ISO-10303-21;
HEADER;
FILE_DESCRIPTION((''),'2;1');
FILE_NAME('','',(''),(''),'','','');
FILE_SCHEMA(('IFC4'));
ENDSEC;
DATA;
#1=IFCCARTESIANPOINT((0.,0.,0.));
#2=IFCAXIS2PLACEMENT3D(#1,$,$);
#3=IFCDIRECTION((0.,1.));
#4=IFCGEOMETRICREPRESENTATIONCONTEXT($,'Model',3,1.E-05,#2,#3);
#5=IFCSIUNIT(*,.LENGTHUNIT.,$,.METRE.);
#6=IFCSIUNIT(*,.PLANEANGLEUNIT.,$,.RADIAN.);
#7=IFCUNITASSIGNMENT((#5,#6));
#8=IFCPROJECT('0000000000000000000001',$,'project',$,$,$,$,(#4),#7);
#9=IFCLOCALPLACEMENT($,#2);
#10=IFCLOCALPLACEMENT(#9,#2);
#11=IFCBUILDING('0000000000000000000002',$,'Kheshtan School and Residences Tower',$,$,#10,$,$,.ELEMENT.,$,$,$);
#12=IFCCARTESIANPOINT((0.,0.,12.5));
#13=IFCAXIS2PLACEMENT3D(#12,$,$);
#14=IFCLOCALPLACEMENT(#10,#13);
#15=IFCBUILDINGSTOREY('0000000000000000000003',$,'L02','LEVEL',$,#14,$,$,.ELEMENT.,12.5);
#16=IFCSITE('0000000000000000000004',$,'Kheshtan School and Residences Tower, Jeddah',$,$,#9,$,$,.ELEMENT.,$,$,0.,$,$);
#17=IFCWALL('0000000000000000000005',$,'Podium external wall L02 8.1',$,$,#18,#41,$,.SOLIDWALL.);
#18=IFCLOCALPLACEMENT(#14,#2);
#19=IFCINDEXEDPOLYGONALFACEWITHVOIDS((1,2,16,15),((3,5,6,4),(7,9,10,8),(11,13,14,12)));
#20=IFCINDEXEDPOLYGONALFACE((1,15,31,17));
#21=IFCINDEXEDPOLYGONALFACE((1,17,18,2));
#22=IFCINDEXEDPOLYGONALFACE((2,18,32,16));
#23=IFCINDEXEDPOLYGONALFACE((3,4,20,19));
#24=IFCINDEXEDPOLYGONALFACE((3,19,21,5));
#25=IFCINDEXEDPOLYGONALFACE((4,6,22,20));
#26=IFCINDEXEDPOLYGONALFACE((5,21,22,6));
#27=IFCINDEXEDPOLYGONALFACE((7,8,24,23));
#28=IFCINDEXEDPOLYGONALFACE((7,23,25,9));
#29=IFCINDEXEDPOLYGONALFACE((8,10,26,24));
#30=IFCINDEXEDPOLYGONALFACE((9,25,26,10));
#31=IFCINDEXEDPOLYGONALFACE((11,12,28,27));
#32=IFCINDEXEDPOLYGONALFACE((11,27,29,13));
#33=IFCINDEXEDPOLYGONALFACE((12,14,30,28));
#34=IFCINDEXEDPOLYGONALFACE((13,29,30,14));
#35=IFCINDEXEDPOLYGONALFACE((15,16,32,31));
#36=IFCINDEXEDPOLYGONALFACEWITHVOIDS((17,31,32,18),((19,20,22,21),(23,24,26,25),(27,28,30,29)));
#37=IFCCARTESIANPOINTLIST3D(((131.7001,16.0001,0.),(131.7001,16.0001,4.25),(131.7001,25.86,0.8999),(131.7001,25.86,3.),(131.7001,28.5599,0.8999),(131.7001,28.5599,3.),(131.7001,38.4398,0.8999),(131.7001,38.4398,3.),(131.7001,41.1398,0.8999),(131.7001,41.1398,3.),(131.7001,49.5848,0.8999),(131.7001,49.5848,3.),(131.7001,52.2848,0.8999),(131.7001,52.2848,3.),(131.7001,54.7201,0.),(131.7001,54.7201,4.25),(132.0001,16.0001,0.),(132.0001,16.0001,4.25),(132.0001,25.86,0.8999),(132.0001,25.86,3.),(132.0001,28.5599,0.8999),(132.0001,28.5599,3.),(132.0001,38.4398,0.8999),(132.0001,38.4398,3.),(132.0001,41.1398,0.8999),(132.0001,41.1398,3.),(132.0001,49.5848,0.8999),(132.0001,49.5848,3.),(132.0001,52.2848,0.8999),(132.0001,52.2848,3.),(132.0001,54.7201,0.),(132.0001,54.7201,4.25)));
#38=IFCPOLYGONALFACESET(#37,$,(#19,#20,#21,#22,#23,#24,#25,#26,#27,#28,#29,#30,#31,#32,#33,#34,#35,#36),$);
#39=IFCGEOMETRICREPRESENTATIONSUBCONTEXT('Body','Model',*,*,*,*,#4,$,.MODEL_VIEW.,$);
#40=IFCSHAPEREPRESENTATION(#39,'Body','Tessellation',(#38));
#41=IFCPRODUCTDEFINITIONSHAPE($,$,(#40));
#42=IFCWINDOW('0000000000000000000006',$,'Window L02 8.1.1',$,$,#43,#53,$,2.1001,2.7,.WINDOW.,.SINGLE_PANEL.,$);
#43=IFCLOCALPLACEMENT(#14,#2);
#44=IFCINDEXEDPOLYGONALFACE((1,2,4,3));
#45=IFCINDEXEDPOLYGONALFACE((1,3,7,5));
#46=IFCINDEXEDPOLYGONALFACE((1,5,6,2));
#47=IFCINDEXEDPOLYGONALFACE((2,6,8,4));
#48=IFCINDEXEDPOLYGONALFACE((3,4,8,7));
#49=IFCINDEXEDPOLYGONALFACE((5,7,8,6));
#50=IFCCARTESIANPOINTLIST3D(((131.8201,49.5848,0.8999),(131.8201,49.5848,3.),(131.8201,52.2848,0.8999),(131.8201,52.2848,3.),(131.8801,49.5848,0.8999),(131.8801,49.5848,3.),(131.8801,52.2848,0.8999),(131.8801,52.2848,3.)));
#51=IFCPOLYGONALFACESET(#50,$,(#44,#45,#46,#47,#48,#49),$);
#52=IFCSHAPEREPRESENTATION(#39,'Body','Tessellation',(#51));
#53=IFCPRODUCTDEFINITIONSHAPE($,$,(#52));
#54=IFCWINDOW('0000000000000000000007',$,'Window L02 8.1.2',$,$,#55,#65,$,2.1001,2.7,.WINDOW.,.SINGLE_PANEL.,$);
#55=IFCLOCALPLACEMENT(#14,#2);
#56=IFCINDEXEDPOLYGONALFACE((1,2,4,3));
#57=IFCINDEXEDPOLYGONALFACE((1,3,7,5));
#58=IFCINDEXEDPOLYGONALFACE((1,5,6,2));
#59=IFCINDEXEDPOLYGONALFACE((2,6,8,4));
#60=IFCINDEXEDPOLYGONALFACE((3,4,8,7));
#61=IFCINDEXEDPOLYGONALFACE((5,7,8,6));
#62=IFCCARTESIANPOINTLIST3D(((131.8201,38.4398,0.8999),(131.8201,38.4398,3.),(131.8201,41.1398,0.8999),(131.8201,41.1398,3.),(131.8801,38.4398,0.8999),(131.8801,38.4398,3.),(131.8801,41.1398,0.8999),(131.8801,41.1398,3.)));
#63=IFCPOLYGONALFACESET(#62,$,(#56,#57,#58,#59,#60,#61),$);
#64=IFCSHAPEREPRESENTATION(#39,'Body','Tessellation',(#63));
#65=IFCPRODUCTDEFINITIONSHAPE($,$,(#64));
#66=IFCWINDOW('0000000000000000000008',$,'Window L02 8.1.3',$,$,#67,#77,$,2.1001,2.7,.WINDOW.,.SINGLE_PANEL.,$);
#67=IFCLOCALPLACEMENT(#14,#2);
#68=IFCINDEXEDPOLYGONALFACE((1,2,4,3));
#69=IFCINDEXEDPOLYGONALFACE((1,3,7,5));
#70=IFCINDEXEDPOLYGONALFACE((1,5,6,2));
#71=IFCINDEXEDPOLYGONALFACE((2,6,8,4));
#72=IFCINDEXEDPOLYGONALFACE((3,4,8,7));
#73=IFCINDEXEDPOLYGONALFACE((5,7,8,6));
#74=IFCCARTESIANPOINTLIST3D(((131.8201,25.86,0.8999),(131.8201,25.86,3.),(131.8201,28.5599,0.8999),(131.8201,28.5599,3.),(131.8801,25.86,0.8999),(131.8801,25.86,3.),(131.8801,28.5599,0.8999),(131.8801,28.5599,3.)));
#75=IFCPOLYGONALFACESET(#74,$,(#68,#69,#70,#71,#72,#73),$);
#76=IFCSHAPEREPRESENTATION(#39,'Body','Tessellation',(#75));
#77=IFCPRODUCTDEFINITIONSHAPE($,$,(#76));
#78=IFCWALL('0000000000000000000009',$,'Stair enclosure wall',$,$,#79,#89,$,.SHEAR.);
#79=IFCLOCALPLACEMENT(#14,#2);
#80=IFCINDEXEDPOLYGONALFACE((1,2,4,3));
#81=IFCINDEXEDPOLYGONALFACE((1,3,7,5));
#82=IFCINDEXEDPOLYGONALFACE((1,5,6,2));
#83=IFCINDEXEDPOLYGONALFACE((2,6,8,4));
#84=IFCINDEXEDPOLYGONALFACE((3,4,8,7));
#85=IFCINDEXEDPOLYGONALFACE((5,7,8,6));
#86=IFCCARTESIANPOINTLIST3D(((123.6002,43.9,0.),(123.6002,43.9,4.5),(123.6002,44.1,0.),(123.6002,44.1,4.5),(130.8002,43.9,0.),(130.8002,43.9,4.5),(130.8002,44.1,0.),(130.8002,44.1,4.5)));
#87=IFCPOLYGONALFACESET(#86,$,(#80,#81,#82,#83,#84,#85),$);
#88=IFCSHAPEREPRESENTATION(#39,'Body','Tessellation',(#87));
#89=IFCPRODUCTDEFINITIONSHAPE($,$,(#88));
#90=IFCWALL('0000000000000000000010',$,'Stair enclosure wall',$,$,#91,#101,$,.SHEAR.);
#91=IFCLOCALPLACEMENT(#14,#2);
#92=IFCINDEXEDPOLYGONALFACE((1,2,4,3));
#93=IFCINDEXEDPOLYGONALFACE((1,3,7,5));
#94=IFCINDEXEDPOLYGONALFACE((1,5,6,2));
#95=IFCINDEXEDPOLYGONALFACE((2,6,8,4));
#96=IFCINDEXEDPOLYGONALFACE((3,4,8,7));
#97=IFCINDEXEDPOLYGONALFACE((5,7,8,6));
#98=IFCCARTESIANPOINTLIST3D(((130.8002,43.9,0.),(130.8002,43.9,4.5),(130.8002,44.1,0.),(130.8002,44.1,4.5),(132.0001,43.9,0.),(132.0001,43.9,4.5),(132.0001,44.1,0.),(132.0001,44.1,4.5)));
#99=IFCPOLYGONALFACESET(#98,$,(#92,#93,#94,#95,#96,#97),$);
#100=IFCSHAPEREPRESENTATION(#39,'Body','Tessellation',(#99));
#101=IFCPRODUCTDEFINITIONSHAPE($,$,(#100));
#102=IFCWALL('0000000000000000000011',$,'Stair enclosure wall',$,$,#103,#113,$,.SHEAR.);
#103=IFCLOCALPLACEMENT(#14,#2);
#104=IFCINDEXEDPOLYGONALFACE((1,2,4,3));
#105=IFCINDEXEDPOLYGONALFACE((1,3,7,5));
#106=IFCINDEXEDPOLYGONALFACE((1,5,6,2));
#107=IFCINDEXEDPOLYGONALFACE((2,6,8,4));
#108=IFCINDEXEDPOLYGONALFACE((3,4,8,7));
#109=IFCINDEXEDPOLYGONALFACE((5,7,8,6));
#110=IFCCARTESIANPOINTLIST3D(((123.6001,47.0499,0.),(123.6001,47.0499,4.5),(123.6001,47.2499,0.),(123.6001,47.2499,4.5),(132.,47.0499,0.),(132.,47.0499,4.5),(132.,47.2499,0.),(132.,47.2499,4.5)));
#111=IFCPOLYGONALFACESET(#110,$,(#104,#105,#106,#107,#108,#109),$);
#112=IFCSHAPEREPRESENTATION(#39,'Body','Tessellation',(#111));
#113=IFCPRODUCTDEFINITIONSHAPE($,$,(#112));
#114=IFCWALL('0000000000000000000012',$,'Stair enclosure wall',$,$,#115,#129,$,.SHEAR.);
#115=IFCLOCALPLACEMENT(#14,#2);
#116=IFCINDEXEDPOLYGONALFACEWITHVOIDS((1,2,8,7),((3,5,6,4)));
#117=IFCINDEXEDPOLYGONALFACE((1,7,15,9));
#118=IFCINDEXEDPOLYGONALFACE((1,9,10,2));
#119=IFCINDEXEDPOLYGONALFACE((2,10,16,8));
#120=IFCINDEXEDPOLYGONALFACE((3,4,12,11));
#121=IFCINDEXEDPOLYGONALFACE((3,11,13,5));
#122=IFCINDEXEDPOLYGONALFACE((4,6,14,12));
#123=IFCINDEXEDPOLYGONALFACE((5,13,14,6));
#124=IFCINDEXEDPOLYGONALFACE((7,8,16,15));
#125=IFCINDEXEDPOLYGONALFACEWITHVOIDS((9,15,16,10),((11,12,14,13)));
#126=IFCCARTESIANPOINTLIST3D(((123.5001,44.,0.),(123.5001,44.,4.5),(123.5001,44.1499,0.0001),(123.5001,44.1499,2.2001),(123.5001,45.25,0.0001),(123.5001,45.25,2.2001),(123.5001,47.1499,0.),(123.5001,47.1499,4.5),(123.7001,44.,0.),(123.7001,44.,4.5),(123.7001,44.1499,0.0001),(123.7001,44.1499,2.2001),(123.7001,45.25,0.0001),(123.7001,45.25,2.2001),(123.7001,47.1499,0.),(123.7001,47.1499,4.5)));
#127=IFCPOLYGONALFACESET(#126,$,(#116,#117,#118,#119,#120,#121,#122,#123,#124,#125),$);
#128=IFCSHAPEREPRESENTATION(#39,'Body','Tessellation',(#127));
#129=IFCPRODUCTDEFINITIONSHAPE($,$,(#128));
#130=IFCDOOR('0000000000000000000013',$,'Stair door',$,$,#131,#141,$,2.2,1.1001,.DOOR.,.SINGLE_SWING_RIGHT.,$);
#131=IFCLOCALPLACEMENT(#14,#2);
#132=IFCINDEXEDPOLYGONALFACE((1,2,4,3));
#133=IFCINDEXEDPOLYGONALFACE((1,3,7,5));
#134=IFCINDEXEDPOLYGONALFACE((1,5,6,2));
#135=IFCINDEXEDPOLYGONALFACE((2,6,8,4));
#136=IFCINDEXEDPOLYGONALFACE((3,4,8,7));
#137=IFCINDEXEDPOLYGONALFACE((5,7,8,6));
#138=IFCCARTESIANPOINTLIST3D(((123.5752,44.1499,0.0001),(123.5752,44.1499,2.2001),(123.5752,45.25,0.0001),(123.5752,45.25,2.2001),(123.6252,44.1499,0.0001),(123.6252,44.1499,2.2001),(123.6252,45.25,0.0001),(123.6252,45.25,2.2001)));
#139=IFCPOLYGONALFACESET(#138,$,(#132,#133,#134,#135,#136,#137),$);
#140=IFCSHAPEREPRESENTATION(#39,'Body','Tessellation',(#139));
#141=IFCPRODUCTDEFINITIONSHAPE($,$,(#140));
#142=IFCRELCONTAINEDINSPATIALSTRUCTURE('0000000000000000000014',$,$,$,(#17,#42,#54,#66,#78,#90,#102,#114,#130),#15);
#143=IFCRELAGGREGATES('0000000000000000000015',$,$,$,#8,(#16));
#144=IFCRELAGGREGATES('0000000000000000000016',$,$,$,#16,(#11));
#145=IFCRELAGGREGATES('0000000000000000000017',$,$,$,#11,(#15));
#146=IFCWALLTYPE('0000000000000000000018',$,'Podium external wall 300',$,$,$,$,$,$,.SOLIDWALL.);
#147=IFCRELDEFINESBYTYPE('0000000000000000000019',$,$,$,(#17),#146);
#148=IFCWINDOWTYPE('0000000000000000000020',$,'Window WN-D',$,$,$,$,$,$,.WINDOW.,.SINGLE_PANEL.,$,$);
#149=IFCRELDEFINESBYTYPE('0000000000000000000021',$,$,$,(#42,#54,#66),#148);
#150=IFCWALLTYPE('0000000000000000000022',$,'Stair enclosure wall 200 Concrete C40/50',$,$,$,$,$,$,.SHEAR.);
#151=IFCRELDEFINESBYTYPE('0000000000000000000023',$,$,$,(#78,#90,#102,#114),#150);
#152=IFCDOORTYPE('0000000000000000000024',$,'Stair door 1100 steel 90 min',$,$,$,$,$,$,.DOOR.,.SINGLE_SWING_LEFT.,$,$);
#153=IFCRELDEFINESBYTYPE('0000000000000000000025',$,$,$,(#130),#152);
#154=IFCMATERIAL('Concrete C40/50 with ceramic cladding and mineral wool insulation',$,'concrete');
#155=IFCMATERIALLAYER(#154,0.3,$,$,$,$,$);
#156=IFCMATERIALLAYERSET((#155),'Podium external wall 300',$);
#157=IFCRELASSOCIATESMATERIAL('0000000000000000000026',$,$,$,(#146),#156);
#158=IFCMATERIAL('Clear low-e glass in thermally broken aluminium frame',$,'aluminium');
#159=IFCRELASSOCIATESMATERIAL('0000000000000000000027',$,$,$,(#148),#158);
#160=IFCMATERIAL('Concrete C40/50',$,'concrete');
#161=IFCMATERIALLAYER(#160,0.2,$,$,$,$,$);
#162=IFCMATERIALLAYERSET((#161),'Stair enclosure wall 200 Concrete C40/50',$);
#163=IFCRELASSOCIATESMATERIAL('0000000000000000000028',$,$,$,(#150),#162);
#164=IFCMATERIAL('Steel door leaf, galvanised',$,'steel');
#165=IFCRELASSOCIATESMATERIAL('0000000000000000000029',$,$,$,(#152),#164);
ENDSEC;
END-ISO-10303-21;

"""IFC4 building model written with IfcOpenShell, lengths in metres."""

from ifc_helpers import new_model, si_unit, direction, frame, frame_2d, origin, place, context, subcontext, project, spatial, rectangle, extrude, source, transform, mapped, material, layer, layer_set, type_object, element, fill, save


model = new_model("IFC4")

# Units and contexts
model_context = context("Model", 3, precision=1e-05, world=origin(), true_north=direction((0.0, 1.0)))
body_context = subcontext(model_context, "Body", "Model", "MODEL_VIEW")
ifc_project = project(units=[si_unit("LENGTHUNIT", "METRE"), si_unit("PLANEANGLEUNIT", "RADIAN")], contexts=[model_context])

# Site, building, storey
site_placement = place(None, origin())
site = spatial("IfcSite", under=ifc_project, at=site_placement, Name="Kheshtan School and Residences Tower, Jeddah", CompositionType="ELEMENT", RefElevation=0.0)
building_placement = place(site_placement, origin())
building = spatial("IfcBuilding", under=site, at=building_placement, Name="Kheshtan School and Residences Tower", CompositionType="ELEMENT")
storey_placement = place(building_placement, frame((0.0, 0.0, 12.5)))
storey = spatial("IfcBuildingStorey", under=building, at=storey_placement, Name="L02", Description="LEVEL", CompositionType="ELEMENT", Elevation=12.5)

# Wall, openings, windows
ifc_material_1 = material(Name="Concrete C40/50 with ceramic cladding and mineral wool insulation", Category="concrete")
ifc_layer_1 = layer(ifc_material_1, 0.3)
ifc_layer_set_1 = layer_set([ifc_layer_1], Name="Podium external wall 300")
wall_type_1 = type_object("IfcWallType", Name="Podium external wall 300", PredefinedType="SOLIDWALL", material=ifc_layer_set_1)
wall_1_placement = place(storey_placement, frame((131.8501, 54.72, 0.0), z_axis=(0.0, 0.0, 1.0), x_axis=(0.0, -1.0, 0.0)))
wall_1 = element("IfcWall", 1, at=wall_1_placement, inside=storey, type_object=wall_type_1, Name="Podium external wall L02 8.1", PredefinedType="SOLIDWALL", context=body_context, shape_type="SweptSolid", body=[
    extrude(rectangle(XDim=38.72, YDim=0.3, at=frame_2d((19.3599, 0.0))), origin(), (0.0, 0.0, 1.0), 4.25),
])
opening_1_placement = place(wall_1_placement, frame((2.4351, 0.0, 0.8999)))
opening_1 = element("IfcOpeningElement", 2, at=opening_1_placement, cuts=wall_1, PredefinedType="OPENING", context=body_context, shape_type="SweptSolid", body=[
    extrude(rectangle(XDim=2.7, YDim=2.1001, at=frame_2d((1.3501, 1.05))), frame((0.0, 0.1602, 0.0), z_axis=(0.0, -1.0, 0.0), x_axis=(1.0, 0.0, 0.0)), (0.0, 0.0, 1.0), 0.3201),
])
opening_2_placement = place(wall_1_placement, frame((13.5801, 0.0, 0.8999)))
opening_2 = element("IfcOpeningElement", 3, at=opening_2_placement, cuts=wall_1, PredefinedType="OPENING", context=body_context, shape_type="SweptSolid", body=[
    extrude(rectangle(XDim=2.7, YDim=2.1001, at=frame_2d((1.3501, 1.05))), frame((0.0, 0.1602, 0.0), z_axis=(0.0, -1.0, 0.0), x_axis=(1.0, 0.0, 0.0)), (0.0, 0.0, 1.0), 0.3201),
])
opening_3_placement = place(wall_1_placement, frame((26.1599, 0.0, 0.8999)))
opening_3 = element("IfcOpeningElement", 4, at=opening_3_placement, cuts=wall_1, PredefinedType="OPENING", context=body_context, shape_type="SweptSolid", body=[
    extrude(rectangle(XDim=2.7, YDim=2.1001, at=frame_2d((1.3501, 1.05))), frame((0.0, 0.1602, 0.0), z_axis=(0.0, -1.0, 0.0), x_axis=(1.0, 0.0, 0.0)), (0.0, 0.0, 1.0), 0.3201),
])
ifc_material_2 = material(Name="Clear low-e glass in thermally broken aluminium frame", Category="aluminium")
window_type = type_object("IfcWindowType", Name="Window WN-D", PartitioningType="SINGLE_PANEL", PredefinedType="WINDOW", material=ifc_material_2)
shared_shape_1 = source(origin(), body_context, "Body", "SweptSolid", [
    extrude(rectangle(XDim=2.7, YDim=2.1001, at=frame_2d((1.3501, 1.05))), frame((0.0, 0.03, 0.0), z_axis=(0.0, -1.0, 0.0), x_axis=(1.0, 0.0, 0.0)), (0.0, 0.0, 1.0), 0.0601),
])
window_1_placement = place(opening_1_placement, origin())
window_1 = element("IfcWindow", 5, at=window_1_placement, inside=storey, type_object=window_type, Name="Window L02 8.1.1", OverallHeight=2.1001, OverallWidth=2.7, PartitioningType="SINGLE_PANEL", PredefinedType="WINDOW", context=body_context, shape_type="MappedRepresentation", body=[
    mapped(shared_shape_1, transform((0.0, 0.0, 0.0), x_axis=(1.0, 0.0, 0.0), y_axis=(0.0, 1.0, 0.0), z_axis=(0.0, 0.0, 1.0), scale=1.0)),
])
fill(opening_1, window_1)
window_2_placement = place(opening_2_placement, origin())
window_2 = element("IfcWindow", 6, at=window_2_placement, inside=storey, type_object=window_type, Name="Window L02 8.1.2", OverallHeight=2.1001, OverallWidth=2.7, PartitioningType="SINGLE_PANEL", PredefinedType="WINDOW", context=body_context, shape_type="MappedRepresentation", body=[
    mapped(shared_shape_1, transform((0.0, 0.0, 0.0), x_axis=(1.0, 0.0, 0.0), y_axis=(0.0, 1.0, 0.0), z_axis=(0.0, 0.0, 1.0), scale=1.0)),
])
fill(opening_2, window_2)
window_3_placement = place(opening_3_placement, origin())
window_3 = element("IfcWindow", 7, at=window_3_placement, inside=storey, type_object=window_type, Name="Window L02 8.1.3", OverallHeight=2.1001, OverallWidth=2.7, PartitioningType="SINGLE_PANEL", PredefinedType="WINDOW", context=body_context, shape_type="MappedRepresentation", body=[
    mapped(shared_shape_1, transform((0.0, 0.0, 0.0), x_axis=(1.0, 0.0, 0.0), y_axis=(0.0, 1.0, 0.0), z_axis=(0.0, 0.0, 1.0), scale=1.0)),
])
fill(opening_3, window_3)

# Walls
ifc_material_3 = material(Name="Concrete C40/50", Category="concrete")
ifc_layer_2 = layer(ifc_material_3, 0.2)
ifc_layer_set_2 = layer_set([ifc_layer_2], Name="Stair enclosure wall 200 Concrete C40/50")
wall_type_2 = type_object("IfcWallType", Name="Stair enclosure wall 200 Concrete C40/50", PredefinedType="SHEAR", material=ifc_layer_set_2)
wall_2_placement = place(storey_placement, frame((123.6001, 44.0, 0.0), z_axis=(0.0, 0.0, 1.0), x_axis=(1.0, 0.0, 0.0)))
element("IfcWall", 8, at=wall_2_placement, inside=storey, type_object=wall_type_2, Name="Stair enclosure wall", PredefinedType="SHEAR", context=body_context, shape_type="SweptSolid", body=[
    extrude(rectangle(XDim=7.2, YDim=0.2, at=frame_2d((3.6001, 0.0))), origin(), (0.0, 0.0, 1.0), 4.5),
])
wall_3_placement = place(storey_placement, frame((130.8, 44.0, 0.0), z_axis=(0.0, 0.0, 1.0), x_axis=(1.0, 0.0, 0.0)))
element("IfcWall", 9, at=wall_3_placement, inside=storey, type_object=wall_type_2, Name="Stair enclosure wall", PredefinedType="SHEAR", context=body_context, shape_type="SweptSolid", body=[
    extrude(rectangle(XDim=1.2, YDim=0.2, at=frame_2d((0.6001, 0.0))), origin(), (0.0, 0.0, 1.0), 4.5),
])
wall_4_placement = place(storey_placement, frame((123.6001, 47.1499, 0.0), z_axis=(0.0, 0.0, 1.0), x_axis=(1.0, 0.0, 0.0)))
element("IfcWall", 10, at=wall_4_placement, inside=storey, type_object=wall_type_2, Name="Stair enclosure wall", PredefinedType="SHEAR", context=body_context, shape_type="SweptSolid", body=[
    extrude(rectangle(XDim=8.3999, YDim=0.2, at=frame_2d((4.2, 0.0))), origin(), (0.0, 0.0, 1.0), 4.5),
])

# Wall, opening, door
wall_5_placement = place(storey_placement, frame((123.6001, 44.0, 0.0), z_axis=(0.0, 0.0, 1.0), x_axis=(0.0, 1.0, 0.0)))
wall_5 = element("IfcWall", 11, at=wall_5_placement, inside=storey, type_object=wall_type_2, Name="Stair enclosure wall", PredefinedType="SHEAR", context=body_context, shape_type="SweptSolid", body=[
    extrude(rectangle(XDim=3.1499, YDim=0.2, at=frame_2d((1.575, 0.0))), origin(), (0.0, 0.0, 1.0), 4.5),
])
opening_4_placement = place(wall_5_placement, frame((0.1499, 0.0, 0.0)))
opening_4 = element("IfcOpeningElement", 12, at=opening_4_placement, cuts=wall_5, PredefinedType="OPENING", context=body_context, shape_type="SweptSolid", body=[
    extrude(rectangle(XDim=1.1001, YDim=2.2, at=frame_2d((0.55, 1.1001))), frame((0.0, 0.1099, 0.0), z_axis=(0.0, -1.0, 0.0), x_axis=(1.0, 0.0, 0.0)), (0.0, 0.0, 1.0), 0.22),
])
ifc_material_4 = material(Name="Steel door leaf, galvanised", Category="steel")
door_type_1 = type_object("IfcDoorType", Name="Stair door 1100 steel 90 min", OperationType="SINGLE_SWING_LEFT", PredefinedType="DOOR", material=ifc_material_4)
shared_shape_2 = source(origin(), body_context, "Body", "SweptSolid", [
    extrude(rectangle(XDim=1.1001, YDim=2.2, at=frame_2d((0.55, 1.1001))), frame((0.0, 0.0249, 0.0), z_axis=(0.0, -1.0, 0.0), x_axis=(1.0, 0.0, 0.0)), (0.0, 0.0, 1.0), 0.05),
])
door_1_placement = place(opening_4_placement, origin())
door_1 = element("IfcDoor", 13, at=door_1_placement, inside=storey, type_object=door_type_1, Name="Stair door", OperationType="SINGLE_SWING_RIGHT", OverallHeight=2.2, OverallWidth=1.1001, PredefinedType="DOOR", context=body_context, shape_type="MappedRepresentation", body=[
    mapped(shared_shape_2, transform((0.0, 0.0, 0.0), x_axis=(1.0, 0.0, 0.0), y_axis=(0.0, 1.0, 0.0), z_axis=(0.0, 0.0, 1.0), scale=1.0)),
])
fill(opening_4, door_1)

save(model, "model.ifc")
